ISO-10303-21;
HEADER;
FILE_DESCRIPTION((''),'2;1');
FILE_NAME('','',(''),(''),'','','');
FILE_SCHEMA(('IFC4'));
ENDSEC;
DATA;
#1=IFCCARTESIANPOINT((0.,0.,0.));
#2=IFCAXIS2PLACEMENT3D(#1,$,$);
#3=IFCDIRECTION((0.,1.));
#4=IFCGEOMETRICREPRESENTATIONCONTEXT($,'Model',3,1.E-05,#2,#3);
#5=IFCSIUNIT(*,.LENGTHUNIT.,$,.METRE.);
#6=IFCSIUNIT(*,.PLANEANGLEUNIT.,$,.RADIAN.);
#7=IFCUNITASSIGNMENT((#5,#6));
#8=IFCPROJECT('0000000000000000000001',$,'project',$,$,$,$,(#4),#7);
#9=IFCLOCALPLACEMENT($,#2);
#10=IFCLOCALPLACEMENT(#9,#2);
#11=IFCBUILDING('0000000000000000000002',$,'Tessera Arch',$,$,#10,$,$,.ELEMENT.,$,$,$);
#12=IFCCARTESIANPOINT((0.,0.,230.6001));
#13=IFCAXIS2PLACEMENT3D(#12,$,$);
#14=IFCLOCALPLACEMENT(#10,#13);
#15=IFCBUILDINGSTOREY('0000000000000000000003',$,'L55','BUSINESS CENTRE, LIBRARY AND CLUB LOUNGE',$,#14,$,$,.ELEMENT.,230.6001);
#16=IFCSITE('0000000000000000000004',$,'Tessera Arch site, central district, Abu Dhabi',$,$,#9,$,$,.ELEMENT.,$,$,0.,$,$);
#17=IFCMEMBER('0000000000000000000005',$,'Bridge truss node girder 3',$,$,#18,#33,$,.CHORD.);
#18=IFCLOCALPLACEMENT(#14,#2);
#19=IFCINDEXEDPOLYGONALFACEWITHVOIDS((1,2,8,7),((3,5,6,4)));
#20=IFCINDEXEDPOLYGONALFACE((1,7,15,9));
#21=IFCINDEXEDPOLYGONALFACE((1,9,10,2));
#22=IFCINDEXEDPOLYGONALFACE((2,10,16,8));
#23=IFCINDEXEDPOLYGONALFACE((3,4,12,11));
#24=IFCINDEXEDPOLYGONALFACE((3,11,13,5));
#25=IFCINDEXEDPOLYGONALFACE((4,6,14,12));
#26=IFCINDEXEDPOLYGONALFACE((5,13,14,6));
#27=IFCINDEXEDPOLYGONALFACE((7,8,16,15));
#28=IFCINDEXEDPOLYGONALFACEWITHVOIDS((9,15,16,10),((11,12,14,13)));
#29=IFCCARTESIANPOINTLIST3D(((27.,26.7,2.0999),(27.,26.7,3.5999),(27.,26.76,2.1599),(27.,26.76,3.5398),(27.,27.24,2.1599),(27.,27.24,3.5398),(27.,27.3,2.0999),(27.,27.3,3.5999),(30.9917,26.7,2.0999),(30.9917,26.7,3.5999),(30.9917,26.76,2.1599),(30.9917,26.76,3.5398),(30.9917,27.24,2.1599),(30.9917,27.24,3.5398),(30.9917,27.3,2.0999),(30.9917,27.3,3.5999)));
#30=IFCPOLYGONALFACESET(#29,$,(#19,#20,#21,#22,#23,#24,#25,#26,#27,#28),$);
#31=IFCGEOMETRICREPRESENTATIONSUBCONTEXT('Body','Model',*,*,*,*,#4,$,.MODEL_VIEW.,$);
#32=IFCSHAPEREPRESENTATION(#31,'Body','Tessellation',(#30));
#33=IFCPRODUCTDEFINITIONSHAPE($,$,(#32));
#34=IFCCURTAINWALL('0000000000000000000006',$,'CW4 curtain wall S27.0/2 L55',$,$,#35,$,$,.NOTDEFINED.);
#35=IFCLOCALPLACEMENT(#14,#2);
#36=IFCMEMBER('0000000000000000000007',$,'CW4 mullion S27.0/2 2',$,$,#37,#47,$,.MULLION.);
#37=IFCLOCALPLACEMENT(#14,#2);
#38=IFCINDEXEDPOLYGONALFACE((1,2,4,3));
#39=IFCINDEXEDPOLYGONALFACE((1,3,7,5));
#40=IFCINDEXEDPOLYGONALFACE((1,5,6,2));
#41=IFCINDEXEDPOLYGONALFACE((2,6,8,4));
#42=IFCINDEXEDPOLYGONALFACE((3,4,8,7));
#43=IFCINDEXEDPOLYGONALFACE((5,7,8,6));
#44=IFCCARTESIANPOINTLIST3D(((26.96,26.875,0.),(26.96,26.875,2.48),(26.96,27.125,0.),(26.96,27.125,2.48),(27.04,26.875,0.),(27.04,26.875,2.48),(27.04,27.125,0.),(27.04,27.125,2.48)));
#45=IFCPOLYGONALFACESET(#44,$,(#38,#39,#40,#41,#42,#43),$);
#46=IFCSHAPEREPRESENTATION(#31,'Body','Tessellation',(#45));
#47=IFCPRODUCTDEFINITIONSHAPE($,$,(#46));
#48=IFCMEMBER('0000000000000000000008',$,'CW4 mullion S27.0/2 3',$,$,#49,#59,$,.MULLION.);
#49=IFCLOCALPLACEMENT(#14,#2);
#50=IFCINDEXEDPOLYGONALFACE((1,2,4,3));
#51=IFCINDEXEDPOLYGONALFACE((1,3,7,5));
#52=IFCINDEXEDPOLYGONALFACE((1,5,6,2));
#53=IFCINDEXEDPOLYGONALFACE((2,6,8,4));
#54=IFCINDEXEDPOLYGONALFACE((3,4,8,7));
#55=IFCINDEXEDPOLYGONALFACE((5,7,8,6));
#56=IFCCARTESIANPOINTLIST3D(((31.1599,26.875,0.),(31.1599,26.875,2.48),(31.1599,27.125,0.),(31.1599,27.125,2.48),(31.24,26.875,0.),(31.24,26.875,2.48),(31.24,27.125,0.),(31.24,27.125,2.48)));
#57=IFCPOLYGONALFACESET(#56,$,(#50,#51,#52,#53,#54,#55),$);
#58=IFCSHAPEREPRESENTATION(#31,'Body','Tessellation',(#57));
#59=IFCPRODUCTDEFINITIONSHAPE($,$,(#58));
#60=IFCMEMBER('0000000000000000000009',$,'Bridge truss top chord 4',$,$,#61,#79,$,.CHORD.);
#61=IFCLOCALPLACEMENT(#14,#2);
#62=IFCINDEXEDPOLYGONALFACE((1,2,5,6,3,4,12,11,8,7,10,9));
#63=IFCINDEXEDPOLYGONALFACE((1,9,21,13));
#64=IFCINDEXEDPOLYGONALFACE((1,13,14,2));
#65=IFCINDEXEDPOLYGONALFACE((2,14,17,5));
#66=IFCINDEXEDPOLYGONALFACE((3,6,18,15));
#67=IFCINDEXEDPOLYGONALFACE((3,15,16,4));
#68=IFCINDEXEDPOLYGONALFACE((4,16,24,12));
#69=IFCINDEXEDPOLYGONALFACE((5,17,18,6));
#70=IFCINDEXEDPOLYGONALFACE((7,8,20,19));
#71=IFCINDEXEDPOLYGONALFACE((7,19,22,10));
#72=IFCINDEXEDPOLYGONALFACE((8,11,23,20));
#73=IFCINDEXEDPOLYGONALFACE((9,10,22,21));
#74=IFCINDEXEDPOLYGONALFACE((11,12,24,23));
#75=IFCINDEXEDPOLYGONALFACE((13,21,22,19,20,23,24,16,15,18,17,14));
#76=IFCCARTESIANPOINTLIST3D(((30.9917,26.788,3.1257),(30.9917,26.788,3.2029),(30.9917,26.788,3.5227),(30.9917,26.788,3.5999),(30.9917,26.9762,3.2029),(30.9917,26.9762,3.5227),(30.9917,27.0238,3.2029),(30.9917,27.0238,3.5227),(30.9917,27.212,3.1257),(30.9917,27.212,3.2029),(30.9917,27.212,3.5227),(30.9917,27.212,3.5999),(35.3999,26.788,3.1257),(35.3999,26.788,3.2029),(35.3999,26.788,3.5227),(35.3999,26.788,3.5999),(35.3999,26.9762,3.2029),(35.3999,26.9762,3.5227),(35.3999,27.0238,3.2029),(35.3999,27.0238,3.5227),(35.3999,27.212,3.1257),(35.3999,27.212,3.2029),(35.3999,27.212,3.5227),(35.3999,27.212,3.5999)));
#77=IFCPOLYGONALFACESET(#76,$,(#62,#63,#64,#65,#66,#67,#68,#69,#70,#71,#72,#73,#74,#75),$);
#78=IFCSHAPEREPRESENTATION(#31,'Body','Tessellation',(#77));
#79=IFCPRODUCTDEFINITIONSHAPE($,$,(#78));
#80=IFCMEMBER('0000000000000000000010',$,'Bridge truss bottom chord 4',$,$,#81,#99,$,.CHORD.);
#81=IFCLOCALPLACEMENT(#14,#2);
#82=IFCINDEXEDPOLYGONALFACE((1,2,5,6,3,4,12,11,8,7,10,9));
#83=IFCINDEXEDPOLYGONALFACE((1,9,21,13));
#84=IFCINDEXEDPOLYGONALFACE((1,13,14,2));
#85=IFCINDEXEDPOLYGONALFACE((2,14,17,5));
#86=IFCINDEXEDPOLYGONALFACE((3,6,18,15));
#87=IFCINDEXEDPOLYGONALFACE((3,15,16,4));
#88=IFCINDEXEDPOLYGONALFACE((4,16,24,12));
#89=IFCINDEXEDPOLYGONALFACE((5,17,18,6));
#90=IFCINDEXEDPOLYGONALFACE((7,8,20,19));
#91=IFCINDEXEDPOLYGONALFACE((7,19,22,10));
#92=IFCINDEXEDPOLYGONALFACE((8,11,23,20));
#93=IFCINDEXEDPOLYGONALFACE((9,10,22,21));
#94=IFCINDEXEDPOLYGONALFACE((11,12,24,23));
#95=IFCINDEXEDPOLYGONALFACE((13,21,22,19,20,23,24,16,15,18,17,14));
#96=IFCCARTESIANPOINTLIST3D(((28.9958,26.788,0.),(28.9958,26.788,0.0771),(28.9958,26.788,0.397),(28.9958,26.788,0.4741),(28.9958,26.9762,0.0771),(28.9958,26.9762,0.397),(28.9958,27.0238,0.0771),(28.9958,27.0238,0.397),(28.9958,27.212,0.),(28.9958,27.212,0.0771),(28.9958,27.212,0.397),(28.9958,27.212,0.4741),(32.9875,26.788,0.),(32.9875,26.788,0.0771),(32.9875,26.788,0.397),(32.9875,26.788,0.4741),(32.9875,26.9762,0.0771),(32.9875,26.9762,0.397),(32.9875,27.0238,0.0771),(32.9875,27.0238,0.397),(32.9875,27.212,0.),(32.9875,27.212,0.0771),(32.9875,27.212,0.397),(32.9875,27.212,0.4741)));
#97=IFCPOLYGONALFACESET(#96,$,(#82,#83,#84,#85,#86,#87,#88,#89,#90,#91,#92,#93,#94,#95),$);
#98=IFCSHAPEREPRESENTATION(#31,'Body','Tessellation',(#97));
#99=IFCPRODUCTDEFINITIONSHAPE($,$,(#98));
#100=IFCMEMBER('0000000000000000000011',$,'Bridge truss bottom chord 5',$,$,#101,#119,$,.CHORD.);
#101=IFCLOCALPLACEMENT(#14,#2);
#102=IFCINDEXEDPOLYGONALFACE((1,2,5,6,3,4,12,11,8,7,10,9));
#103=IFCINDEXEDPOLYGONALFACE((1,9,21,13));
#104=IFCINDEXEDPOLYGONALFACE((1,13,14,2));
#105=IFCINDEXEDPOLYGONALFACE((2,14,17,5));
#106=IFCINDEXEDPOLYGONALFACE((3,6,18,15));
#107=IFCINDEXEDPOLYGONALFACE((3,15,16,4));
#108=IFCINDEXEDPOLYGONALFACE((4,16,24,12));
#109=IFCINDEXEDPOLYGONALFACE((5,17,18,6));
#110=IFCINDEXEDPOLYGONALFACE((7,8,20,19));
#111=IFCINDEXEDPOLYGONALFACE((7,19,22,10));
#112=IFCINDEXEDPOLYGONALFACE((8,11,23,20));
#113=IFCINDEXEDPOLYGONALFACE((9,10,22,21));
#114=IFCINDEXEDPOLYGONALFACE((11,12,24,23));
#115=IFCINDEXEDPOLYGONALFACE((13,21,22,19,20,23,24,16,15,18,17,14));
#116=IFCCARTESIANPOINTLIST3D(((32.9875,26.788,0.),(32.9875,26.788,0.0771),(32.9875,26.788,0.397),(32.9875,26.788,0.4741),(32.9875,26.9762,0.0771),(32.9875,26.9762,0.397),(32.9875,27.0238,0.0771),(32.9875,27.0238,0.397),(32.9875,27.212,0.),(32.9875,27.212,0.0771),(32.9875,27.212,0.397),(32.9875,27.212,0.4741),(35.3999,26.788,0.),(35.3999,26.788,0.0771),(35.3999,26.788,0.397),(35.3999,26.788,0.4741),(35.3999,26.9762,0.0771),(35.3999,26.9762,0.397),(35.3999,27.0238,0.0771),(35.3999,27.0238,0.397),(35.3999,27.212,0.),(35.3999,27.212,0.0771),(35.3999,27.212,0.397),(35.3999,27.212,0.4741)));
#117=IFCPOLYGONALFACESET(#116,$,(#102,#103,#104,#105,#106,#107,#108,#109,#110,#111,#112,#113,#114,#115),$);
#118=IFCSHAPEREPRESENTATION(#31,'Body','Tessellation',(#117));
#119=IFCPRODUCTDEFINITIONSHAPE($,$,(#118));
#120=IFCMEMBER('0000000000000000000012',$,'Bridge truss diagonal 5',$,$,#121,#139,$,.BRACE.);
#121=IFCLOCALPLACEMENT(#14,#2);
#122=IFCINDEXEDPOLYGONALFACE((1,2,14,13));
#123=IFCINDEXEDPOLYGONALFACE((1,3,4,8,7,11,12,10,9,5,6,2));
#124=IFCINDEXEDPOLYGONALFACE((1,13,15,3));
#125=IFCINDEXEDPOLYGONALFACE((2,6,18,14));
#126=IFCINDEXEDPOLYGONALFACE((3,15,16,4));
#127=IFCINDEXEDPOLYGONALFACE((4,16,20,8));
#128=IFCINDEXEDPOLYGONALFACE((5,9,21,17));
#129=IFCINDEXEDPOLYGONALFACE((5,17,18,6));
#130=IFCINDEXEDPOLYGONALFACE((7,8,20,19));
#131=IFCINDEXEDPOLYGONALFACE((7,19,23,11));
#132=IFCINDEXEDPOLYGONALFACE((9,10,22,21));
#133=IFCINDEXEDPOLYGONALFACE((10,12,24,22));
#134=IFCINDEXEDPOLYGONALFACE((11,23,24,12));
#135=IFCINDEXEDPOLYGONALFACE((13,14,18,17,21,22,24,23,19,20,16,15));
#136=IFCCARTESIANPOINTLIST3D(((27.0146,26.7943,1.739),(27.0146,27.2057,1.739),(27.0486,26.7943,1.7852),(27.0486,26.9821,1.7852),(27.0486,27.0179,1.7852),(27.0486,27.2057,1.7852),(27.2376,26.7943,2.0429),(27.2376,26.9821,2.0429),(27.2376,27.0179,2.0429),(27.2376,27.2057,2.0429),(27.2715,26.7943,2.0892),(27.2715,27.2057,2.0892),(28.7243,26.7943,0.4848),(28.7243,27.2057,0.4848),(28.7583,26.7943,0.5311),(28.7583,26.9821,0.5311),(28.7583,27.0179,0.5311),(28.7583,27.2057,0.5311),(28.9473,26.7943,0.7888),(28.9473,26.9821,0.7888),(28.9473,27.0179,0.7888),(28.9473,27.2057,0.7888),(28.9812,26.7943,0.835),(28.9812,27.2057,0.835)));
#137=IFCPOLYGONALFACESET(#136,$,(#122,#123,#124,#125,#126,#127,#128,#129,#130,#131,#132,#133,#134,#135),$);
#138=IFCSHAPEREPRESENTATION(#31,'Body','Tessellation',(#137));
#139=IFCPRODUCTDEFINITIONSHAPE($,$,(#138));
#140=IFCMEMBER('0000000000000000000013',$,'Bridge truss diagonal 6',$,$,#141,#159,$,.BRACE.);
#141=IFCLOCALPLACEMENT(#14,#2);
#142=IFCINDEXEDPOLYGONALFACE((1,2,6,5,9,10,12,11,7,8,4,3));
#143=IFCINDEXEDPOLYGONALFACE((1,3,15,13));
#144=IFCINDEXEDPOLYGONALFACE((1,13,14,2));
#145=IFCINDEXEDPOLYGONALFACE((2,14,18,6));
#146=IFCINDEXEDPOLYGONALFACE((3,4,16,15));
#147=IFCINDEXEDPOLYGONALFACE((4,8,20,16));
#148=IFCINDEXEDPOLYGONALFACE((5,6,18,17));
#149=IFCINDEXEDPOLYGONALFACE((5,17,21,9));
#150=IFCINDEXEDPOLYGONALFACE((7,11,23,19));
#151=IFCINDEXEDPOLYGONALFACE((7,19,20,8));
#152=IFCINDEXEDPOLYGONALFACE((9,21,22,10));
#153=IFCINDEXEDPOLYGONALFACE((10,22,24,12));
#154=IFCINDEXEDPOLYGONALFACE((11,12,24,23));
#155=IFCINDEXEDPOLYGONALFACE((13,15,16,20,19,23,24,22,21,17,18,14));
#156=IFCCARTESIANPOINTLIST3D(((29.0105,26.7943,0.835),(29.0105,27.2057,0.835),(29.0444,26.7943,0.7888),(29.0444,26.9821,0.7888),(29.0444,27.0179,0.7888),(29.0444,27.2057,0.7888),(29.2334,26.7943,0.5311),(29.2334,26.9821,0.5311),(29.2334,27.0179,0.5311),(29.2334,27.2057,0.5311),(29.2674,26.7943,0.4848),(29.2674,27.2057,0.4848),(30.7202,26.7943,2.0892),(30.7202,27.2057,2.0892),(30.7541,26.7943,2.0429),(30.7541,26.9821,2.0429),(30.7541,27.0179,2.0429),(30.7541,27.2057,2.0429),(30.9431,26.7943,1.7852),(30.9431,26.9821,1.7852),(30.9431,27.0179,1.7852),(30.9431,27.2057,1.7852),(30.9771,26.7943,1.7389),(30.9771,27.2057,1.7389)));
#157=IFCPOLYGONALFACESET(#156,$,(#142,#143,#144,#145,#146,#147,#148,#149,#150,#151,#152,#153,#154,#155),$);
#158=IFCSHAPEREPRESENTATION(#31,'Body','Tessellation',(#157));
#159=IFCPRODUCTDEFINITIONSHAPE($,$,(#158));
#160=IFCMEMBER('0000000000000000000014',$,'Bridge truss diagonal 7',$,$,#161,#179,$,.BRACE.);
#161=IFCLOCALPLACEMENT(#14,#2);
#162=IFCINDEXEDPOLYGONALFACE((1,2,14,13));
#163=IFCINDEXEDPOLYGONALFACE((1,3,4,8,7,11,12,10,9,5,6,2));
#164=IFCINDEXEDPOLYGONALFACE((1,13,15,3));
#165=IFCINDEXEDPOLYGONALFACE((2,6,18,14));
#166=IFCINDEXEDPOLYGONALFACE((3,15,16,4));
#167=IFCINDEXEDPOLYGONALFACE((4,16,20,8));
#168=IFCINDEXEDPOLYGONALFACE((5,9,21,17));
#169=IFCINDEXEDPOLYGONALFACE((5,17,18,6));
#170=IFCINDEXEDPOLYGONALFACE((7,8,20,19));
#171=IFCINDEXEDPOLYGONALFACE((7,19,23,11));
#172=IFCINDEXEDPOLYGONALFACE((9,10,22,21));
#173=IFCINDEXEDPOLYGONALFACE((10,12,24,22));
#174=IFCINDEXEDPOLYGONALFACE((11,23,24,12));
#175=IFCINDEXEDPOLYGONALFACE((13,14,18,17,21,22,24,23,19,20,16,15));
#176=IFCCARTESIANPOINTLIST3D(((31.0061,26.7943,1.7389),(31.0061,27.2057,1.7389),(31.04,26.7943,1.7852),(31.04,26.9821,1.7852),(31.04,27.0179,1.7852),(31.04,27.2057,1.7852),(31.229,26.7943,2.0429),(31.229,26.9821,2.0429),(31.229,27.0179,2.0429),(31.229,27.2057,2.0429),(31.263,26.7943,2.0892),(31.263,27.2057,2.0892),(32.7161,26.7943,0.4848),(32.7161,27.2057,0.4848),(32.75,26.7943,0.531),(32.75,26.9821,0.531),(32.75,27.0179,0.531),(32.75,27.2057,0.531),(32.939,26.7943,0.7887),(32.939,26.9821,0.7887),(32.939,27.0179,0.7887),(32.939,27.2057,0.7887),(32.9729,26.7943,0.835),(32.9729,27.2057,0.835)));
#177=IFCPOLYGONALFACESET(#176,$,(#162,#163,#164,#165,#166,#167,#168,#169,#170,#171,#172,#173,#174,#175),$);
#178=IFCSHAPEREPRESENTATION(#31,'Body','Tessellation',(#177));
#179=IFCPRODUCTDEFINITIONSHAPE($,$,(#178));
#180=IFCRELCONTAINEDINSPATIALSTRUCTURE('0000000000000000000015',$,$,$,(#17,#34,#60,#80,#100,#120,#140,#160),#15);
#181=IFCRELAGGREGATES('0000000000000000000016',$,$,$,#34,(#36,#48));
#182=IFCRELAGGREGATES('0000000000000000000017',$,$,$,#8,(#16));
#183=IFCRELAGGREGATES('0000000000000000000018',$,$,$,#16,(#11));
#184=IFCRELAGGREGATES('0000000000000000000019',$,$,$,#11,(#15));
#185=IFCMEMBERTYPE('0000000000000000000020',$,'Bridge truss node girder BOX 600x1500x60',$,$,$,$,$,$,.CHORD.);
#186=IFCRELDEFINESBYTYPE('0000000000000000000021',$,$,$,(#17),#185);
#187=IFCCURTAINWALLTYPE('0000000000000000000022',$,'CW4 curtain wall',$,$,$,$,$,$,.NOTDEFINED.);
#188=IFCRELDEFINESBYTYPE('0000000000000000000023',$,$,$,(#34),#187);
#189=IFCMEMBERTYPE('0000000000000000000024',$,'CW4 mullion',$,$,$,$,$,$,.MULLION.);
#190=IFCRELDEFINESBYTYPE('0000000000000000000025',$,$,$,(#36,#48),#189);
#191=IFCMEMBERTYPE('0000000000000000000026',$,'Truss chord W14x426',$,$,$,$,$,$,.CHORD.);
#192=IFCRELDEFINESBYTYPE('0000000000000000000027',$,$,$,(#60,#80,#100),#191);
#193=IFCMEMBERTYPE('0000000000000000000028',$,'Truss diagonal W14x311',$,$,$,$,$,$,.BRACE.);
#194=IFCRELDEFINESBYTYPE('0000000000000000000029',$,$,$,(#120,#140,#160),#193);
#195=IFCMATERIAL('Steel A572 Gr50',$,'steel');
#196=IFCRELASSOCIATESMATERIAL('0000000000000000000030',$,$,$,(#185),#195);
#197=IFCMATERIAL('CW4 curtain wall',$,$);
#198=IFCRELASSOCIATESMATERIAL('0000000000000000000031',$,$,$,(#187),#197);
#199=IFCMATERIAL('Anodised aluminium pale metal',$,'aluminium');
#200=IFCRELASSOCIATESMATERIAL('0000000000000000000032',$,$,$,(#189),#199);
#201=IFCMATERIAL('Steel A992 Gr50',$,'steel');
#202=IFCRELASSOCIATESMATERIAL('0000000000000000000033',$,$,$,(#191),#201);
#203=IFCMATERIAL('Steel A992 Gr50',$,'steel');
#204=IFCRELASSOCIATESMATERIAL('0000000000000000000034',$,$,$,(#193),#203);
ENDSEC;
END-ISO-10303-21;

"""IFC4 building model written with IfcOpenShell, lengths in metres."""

from ifc_helpers import new_model, si_unit, direction, frame, origin, origin_2d, place, context, subcontext, project, spatial, rectangle, hollow_rectangle, i_section, extrude, material, material_profile, profile_set, type_object, element, aggregate, save


model = new_model("IFC4")

# Units and contexts
model_context = context("Model", 3, precision=1e-05, world=origin(), true_north=direction((0.0, 1.0)))
body_context = subcontext(model_context, "Body", "Model", "MODEL_VIEW")
ifc_project = project(units=[si_unit("LENGTHUNIT", "METRE"), si_unit("PLANEANGLEUNIT", "RADIAN")], contexts=[model_context])

# Site, building, storey
site_placement = place(None, origin())
site = spatial("IfcSite", under=ifc_project, at=site_placement, Name="Tessera Arch site, central district, Abu Dhabi", CompositionType="ELEMENT", RefElevation=0.0)
building_placement = place(site_placement, origin())
building = spatial("IfcBuilding", under=site, at=building_placement, Name="Tessera Arch", CompositionType="ELEMENT")
storey_placement = place(building_placement, frame((0.0, 0.0, 230.6001)))
storey = spatial("IfcBuildingStorey", under=building, at=storey_placement, Name="L55", Description="BUSINESS CENTRE, LIBRARY AND CLUB LOUNGE", CompositionType="ELEMENT", Elevation=230.6001)

# Member
ifc_material_1 = material(Name="Steel A572 Gr50", Category="steel")
ifc_material_profile_1 = material_profile(ifc_material_1, hollow_rectangle(XDim=0.6001, YDim=1.5, WallThickness=0.0601, at=origin_2d()), Name="BOX 600x1500x60")
ifc_profile_set_1 = profile_set([ifc_material_profile_1], Name="Steel A572 Gr50")
member_type_1 = type_object("IfcMemberType", Name="Bridge truss node girder BOX 600x1500x60", PredefinedType="CHORD", material=ifc_profile_set_1)
member_1_placement = place(storey_placement, frame((27.0, 27.0, 2.8499), z_axis=(1.0, 0.0, 0.0), x_axis=(0.0, 1.0, 0.0)))
element("IfcMember", 1, at=member_1_placement, inside=storey, type_object=member_type_1, Name="Bridge truss node girder 3", PredefinedType="CHORD", context=body_context, shape_type="SweptSolid", body=[
    extrude(hollow_rectangle(XDim=0.6001, YDim=1.5, WallThickness=0.0601, at=origin_2d()), origin(), (0.0, 0.0, 1.0), 3.9917),
])

# Curtain wall, members
ifc_material_2 = material(Name="CW4 curtain wall")
curtain_wall_type = type_object("IfcCurtainWallType", Name="CW4 curtain wall", PredefinedType="NOTDEFINED", material=ifc_material_2)
curtain_wall_placement = place(storey_placement, origin())
curtain_wall = element("IfcCurtainWall", 2, at=curtain_wall_placement, inside=storey, type_object=curtain_wall_type, Name="CW4 curtain wall S27.0/2 L55", PredefinedType="NOTDEFINED")
ifc_material_3 = material(Name="Anodised aluminium pale metal", Category="aluminium")
ifc_material_profile_2 = material_profile(ifc_material_3, rectangle(XDim=0.25, YDim=0.0801, at=origin_2d()), Name="AL 80x250")
ifc_profile_set_2 = profile_set([ifc_material_profile_2], Name="Anodised aluminium pale metal")
member_type_2 = type_object("IfcMemberType", Name="CW4 mullion", PredefinedType="MULLION", material=ifc_profile_set_2)
member_2_placement = place(storey_placement, frame((27.0, 27.0, 0.0), z_axis=(0.0, 0.0, 1.0), x_axis=(0.0, 1.0, 0.0)))
member_2 = element("IfcMember", 3, at=member_2_placement, type_object=member_type_2, Name="CW4 mullion S27.0/2 2", PredefinedType="MULLION", context=body_context, shape_type="SweptSolid", body=[
    extrude(rectangle(XDim=0.25, YDim=0.0801, at=origin_2d()), origin(), (0.0, 0.0, 1.0), 2.48),
])
member_3_placement = place(storey_placement, frame((31.2, 27.0, 0.0), z_axis=(0.0, 0.0, 1.0), x_axis=(0.0, 1.0, 0.0)))
member_3 = element("IfcMember", 4, at=member_3_placement, type_object=member_type_2, Name="CW4 mullion S27.0/2 3", PredefinedType="MULLION", context=body_context, shape_type="SweptSolid", body=[
    extrude(rectangle(XDim=0.25, YDim=0.0801, at=origin_2d()), origin(), (0.0, 0.0, 1.0), 2.48),
])

# Members
ifc_material_4 = material(Name="Steel A992 Gr50", Category="steel")
ifc_material_profile_3 = material_profile(ifc_material_4, i_section(OverallWidth=0.4241, OverallDepth=0.4741, WebThickness=0.0476, FlangeThickness=0.0771, at=origin_2d()), Name="W14x426")
ifc_profile_set_3 = profile_set([ifc_material_profile_3], Name="Steel A992 Gr50")
member_type_3 = type_object("IfcMemberType", Name="Truss chord W14x426", PredefinedType="CHORD", material=ifc_profile_set_3)
member_4_placement = place(storey_placement, frame((30.9917, 27.0, 3.3628), z_axis=(1.0, 0.0, 0.0), x_axis=(0.0, 1.0, 0.0)))
element("IfcMember", 5, at=member_4_placement, inside=storey, type_object=member_type_3, Name="Bridge truss top chord 4", PredefinedType="CHORD", context=body_context, shape_type="SweptSolid", body=[
    extrude(i_section(OverallWidth=0.4241, OverallDepth=0.4741, WebThickness=0.0476, FlangeThickness=0.0771, at=origin_2d()), origin(), (0.0, 0.0, 1.0), 4.4082),
])
member_5_placement = place(storey_placement, frame((28.9958, 27.0, 0.2371), z_axis=(1.0, 0.0, 0.0), x_axis=(0.0, 1.0, 0.0)))
element("IfcMember", 6, at=member_5_placement, inside=storey, type_object=member_type_3, Name="Bridge truss bottom chord 4", PredefinedType="CHORD", context=body_context, shape_type="SweptSolid", body=[
    extrude(i_section(OverallWidth=0.4241, OverallDepth=0.4741, WebThickness=0.0476, FlangeThickness=0.0771, at=origin_2d()), origin(), (0.0, 0.0, 1.0), 3.9917),
])
member_6_placement = place(storey_placement, frame((32.9875, 27.0, 0.2371), z_axis=(1.0, 0.0, 0.0), x_axis=(0.0, 1.0, 0.0)))
element("IfcMember", 7, at=member_6_placement, inside=storey, type_object=member_type_3, Name="Bridge truss bottom chord 5", PredefinedType="CHORD", context=body_context, shape_type="SweptSolid", body=[
    extrude(i_section(OverallWidth=0.4241, OverallDepth=0.4741, WebThickness=0.0476, FlangeThickness=0.0771, at=origin_2d()), origin(), (0.0, 0.0, 1.0), 2.4124),
])
ifc_material_5 = material(Name="Steel A992 Gr50", Category="steel")
ifc_material_profile_4 = material_profile(ifc_material_5, i_section(OverallWidth=0.4114, OverallDepth=0.4343, WebThickness=0.0359, FlangeThickness=0.0574, at=origin_2d()), Name="W14x311")
ifc_profile_set_4 = profile_set([ifc_material_profile_4], Name="Steel A992 Gr50")
member_type_4 = type_object("IfcMemberType", Name="Truss diagonal W14x311", PredefinedType="BRACE", material=ifc_profile_set_4)
for number, where, z_axis, x_axis, name in (
    (8, (27.1431, 27.0, 1.9141), (0.806324, 0.0, -0.591473), (0.0, 1.0, 0.0), "Bridge truss diagonal 5"),
    (9, (29.1389, 27.0, 0.6599), (0.806324, 0.0, 0.591473), (0.0, 1.0, 0.0), "Bridge truss diagonal 6"),
):
    element("IfcMember", number, at=place(storey_placement, frame(where, z_axis=z_axis, x_axis=x_axis)), inside=storey, type_object=member_type_4, Name=name, PredefinedType="BRACE", context=body_context, shape_type="SweptSolid", body=[
        extrude(i_section(OverallWidth=0.4114, OverallDepth=0.4343, WebThickness=0.0359, FlangeThickness=0.0574, at=origin_2d()), origin(), (0.0, 0.0, 1.0), 2.1204),
    ])
member_7_placement = place(storey_placement, frame((31.1345, 27.0, 1.9141), z_axis=(0.806365, 0.0, -0.591419), x_axis=(0.0, 1.0, 0.0)))
element("IfcMember", 10, at=member_7_placement, inside=storey, type_object=member_type_4, Name="Bridge truss diagonal 7", PredefinedType="BRACE", context=body_context, shape_type="SweptSolid", body=[
    extrude(i_section(OverallWidth=0.4114, OverallDepth=0.4343, WebThickness=0.0359, FlangeThickness=0.0574, at=origin_2d()), origin(), (0.0, 0.0, 1.0), 2.1206),
])

aggregate(curtain_wall, [member_2, member_3])

save(model, "model.ifc")
